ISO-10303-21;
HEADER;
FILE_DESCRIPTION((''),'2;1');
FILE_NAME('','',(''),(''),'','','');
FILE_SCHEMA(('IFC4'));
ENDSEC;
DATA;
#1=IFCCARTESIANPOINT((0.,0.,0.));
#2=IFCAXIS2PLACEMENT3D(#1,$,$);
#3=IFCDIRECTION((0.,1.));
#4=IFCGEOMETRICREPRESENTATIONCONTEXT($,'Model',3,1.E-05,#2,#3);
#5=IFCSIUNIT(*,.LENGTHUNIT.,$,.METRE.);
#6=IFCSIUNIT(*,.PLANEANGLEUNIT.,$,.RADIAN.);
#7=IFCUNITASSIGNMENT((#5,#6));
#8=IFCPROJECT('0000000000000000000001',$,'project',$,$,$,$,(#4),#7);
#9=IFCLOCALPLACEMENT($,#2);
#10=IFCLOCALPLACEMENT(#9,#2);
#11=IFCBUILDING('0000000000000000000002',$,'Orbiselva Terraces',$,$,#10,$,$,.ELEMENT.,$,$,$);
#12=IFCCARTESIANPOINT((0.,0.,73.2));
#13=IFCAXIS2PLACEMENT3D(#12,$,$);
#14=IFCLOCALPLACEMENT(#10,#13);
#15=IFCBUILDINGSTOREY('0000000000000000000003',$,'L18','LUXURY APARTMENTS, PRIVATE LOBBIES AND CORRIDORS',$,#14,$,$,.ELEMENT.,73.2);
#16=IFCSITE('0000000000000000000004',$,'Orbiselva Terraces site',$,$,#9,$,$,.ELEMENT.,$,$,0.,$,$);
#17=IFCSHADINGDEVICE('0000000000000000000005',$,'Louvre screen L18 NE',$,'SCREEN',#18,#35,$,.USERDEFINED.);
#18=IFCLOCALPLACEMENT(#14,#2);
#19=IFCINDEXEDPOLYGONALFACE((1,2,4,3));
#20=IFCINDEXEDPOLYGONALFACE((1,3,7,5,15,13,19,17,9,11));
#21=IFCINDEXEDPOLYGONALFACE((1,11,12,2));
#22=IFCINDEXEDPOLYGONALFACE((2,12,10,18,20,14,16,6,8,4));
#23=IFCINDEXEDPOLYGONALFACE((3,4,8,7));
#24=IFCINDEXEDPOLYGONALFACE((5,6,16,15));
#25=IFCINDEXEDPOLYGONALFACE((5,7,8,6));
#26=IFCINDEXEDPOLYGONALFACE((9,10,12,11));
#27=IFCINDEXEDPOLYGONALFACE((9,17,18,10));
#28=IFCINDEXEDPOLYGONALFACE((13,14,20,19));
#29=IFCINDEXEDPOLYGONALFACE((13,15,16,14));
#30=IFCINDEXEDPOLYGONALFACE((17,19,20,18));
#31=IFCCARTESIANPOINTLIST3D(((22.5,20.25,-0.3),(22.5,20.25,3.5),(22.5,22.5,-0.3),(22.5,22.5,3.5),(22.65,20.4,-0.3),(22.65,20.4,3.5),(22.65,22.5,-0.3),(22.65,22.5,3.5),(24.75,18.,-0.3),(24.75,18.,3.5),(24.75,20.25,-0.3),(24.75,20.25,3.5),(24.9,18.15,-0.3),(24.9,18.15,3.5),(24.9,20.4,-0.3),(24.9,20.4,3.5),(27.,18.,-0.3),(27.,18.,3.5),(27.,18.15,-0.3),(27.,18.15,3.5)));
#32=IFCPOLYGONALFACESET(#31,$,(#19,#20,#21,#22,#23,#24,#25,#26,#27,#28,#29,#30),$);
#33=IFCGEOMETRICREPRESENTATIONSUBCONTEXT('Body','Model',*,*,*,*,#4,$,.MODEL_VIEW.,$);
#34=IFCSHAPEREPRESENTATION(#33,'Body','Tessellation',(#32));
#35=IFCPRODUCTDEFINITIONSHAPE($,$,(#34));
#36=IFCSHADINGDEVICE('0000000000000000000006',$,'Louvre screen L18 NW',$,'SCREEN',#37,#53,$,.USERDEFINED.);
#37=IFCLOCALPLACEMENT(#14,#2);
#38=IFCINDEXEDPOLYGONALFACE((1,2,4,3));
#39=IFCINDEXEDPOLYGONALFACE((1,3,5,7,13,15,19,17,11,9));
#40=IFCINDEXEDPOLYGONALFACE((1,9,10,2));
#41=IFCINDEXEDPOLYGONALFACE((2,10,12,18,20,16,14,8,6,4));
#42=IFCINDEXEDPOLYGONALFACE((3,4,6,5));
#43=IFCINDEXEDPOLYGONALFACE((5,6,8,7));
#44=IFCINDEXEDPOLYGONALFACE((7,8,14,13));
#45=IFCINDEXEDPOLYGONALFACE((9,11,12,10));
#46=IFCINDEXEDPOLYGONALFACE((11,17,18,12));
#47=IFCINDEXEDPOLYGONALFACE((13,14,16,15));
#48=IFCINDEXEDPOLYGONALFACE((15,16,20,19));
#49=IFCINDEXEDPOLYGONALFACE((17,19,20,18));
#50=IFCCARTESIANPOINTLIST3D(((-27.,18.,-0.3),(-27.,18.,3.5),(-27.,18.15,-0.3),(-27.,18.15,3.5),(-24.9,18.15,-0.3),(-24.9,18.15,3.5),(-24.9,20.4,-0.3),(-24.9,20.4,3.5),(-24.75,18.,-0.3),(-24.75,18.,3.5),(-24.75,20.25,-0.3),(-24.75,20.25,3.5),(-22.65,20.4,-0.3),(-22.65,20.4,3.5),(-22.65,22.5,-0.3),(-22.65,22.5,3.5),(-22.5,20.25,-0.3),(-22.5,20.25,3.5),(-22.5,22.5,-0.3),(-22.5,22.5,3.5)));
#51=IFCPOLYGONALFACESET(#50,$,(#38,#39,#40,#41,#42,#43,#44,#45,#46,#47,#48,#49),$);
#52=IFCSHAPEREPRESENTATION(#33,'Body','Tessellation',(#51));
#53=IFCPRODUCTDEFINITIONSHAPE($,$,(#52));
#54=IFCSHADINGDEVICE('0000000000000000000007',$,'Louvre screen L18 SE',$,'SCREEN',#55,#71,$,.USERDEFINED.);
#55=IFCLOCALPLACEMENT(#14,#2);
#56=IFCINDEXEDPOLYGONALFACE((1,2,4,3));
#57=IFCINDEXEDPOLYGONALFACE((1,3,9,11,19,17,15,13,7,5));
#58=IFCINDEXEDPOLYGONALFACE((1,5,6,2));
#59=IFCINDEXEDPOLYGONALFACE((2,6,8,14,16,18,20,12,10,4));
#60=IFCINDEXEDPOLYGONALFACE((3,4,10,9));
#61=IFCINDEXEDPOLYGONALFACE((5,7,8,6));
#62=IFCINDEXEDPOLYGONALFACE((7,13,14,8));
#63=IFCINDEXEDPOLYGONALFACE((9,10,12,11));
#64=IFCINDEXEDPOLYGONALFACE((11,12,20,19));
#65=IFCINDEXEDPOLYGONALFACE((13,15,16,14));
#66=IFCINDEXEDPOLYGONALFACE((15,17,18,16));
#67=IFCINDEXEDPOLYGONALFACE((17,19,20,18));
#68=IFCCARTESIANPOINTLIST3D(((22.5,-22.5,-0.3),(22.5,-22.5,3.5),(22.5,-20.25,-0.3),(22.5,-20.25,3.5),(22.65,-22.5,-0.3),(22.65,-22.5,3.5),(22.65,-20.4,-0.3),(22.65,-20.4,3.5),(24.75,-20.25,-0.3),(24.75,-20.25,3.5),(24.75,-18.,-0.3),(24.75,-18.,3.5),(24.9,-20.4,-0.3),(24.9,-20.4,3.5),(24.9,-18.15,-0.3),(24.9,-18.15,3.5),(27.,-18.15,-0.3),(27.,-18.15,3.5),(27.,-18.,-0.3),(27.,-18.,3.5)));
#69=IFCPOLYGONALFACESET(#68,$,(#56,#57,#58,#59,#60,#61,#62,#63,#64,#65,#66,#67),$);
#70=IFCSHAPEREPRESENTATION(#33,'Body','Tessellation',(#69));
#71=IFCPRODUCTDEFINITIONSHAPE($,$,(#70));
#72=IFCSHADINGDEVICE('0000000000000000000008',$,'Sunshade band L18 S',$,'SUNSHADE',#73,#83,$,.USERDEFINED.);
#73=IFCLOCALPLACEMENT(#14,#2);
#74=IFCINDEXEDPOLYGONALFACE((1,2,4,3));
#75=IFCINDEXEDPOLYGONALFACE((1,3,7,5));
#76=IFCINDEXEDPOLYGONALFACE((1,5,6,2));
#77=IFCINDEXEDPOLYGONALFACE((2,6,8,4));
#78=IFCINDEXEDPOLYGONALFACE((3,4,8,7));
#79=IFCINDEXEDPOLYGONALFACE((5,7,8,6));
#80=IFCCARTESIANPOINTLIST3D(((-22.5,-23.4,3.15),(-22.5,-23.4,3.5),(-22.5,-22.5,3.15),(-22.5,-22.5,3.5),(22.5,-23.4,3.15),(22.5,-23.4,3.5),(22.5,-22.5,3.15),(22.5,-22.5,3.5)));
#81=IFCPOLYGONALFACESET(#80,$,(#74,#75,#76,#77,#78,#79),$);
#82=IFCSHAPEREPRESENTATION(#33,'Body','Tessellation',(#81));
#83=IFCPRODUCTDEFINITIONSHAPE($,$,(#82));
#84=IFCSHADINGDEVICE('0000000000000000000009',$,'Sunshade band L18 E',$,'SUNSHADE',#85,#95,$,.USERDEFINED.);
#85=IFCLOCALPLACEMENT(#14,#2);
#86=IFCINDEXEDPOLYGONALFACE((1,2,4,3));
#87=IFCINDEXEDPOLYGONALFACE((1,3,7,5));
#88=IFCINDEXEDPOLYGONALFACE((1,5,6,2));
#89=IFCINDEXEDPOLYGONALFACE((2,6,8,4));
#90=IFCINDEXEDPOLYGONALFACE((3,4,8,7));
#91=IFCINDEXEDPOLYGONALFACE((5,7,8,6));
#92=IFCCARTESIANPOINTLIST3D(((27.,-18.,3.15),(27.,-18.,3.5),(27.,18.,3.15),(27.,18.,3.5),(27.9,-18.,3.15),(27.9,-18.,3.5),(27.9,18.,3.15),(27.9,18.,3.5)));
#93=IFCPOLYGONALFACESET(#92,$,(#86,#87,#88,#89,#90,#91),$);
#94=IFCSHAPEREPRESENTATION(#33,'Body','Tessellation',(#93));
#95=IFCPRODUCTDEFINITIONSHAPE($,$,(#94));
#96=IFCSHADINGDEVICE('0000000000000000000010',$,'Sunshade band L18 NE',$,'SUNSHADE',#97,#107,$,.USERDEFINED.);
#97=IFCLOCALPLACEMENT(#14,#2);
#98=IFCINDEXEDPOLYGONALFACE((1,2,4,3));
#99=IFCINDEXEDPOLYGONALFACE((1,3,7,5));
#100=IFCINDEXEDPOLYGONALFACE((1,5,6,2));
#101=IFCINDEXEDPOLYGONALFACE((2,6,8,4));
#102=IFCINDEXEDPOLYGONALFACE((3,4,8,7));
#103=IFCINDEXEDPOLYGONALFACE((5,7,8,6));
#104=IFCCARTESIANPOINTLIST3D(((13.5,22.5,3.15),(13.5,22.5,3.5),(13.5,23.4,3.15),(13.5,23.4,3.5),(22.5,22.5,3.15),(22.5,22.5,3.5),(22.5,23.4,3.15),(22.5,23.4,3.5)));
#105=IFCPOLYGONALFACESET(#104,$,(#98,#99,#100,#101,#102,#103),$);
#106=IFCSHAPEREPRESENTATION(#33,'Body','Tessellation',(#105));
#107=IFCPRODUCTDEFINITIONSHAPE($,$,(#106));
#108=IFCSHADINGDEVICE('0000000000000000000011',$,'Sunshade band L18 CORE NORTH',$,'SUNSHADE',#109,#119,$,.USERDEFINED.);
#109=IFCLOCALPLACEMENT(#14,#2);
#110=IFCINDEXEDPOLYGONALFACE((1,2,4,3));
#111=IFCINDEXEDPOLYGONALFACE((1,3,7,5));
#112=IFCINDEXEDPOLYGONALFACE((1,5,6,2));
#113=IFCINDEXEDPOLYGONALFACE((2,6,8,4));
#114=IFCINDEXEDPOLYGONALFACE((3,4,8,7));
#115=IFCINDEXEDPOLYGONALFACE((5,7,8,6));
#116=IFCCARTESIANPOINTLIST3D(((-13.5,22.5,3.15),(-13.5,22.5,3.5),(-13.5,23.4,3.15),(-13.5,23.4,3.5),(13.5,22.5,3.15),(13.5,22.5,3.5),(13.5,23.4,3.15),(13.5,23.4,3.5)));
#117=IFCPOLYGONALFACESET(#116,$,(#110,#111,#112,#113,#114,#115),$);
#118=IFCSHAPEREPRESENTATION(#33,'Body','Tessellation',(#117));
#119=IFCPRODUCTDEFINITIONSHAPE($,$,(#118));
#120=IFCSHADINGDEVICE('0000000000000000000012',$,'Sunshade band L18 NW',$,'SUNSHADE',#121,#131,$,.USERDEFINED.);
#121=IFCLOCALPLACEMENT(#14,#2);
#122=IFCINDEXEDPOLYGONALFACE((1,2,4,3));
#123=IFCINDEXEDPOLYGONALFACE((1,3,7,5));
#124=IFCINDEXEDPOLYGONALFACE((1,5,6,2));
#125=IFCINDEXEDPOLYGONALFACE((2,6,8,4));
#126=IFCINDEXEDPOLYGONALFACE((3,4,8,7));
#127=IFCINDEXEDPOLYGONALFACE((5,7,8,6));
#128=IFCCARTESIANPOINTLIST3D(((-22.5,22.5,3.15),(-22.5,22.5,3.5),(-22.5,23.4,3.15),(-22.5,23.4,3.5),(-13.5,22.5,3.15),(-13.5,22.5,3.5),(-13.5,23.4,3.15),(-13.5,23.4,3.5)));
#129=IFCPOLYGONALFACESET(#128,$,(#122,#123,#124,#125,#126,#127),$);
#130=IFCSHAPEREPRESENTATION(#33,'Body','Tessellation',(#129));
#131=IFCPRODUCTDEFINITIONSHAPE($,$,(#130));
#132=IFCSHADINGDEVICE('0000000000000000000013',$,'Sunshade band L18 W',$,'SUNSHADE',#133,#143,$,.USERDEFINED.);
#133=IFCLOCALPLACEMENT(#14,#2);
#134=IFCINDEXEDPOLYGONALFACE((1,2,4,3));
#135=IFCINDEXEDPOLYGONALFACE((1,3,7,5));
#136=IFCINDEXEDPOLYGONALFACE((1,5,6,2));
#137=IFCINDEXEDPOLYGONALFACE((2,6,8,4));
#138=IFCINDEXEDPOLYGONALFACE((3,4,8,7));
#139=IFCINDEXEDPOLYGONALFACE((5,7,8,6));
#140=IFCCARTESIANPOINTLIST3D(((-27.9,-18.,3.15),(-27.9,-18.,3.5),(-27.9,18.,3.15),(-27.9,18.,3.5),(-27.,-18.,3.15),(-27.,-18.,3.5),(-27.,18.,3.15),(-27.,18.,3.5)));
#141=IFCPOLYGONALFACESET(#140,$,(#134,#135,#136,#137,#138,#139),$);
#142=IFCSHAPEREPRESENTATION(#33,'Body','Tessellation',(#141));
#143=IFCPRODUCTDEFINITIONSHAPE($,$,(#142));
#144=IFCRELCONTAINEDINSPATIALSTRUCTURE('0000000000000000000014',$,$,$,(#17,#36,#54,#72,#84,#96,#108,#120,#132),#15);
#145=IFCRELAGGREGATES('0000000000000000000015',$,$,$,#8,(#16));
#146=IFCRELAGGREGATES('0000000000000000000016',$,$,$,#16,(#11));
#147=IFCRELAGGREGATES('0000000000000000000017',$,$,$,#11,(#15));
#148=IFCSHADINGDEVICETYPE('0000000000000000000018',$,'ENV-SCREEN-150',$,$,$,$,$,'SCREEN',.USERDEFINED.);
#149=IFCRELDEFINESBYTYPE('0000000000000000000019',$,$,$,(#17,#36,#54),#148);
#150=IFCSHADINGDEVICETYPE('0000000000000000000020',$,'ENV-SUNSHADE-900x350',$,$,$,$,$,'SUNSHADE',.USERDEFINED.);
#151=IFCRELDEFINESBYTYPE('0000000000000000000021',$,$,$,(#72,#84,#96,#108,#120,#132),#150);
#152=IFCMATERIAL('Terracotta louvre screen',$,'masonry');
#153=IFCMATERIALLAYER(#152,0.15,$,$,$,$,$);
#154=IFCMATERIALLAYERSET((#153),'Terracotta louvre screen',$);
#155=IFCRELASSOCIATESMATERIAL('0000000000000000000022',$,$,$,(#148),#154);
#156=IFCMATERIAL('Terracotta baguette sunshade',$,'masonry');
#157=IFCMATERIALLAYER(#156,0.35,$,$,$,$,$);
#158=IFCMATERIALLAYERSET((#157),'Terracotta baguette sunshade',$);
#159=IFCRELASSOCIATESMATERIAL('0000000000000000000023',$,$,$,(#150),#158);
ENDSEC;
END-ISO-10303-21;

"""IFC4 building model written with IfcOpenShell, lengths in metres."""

from ifc_helpers import new_model, si_unit, direction, frame, origin, place, context, subcontext, project, spatial, polyline, outline, extrude, material, layer, layer_set, type_object, element, save


model = new_model("IFC4")

# Units and contexts
model_context = context("Model", 3, precision=1e-05, world=origin(), true_north=direction((0.0, 1.0)))
body_context = subcontext(model_context, "Body", "Model", "MODEL_VIEW")
ifc_project = project(units=[si_unit("LENGTHUNIT", "METRE"), si_unit("PLANEANGLEUNIT", "RADIAN")], contexts=[model_context])

# Site, building, storey
site_placement = place(None, origin())
site = spatial("IfcSite", under=ifc_project, at=site_placement, Name="Orbiselva Terraces site", CompositionType="ELEMENT", RefElevation=0.0)
building_placement = place(site_placement, origin())
building = spatial("IfcBuilding", under=site, at=building_placement, Name="Orbiselva Terraces", CompositionType="ELEMENT")
storey_placement = place(building_placement, frame((0.0, 0.0, 73.2)))
storey = spatial("IfcBuildingStorey", under=building, at=storey_placement, Name="L18", Description="LUXURY APARTMENTS, PRIVATE LOBBIES AND CORRIDORS", CompositionType="ELEMENT", Elevation=73.2)

# Shading devices
ifc_material_1 = material(Name="Terracotta louvre screen", Category="masonry")
ifc_layer_1 = layer(ifc_material_1, 0.15)
ifc_layer_set_1 = layer_set([ifc_layer_1], Name="Terracotta louvre screen")
shading_device_type_1 = type_object("IfcShadingDeviceType", Name="ENV-SCREEN-150", ElementType="SCREEN", PredefinedType="USERDEFINED", material=ifc_layer_set_1)
shading_device_1_placement = place(storey_placement, frame((0.0, 0.0, -0.3)))
element("IfcShadingDevice", 1, at=shading_device_1_placement, inside=storey, type_object=shading_device_type_1, Name="Louvre screen L18 NE", ObjectType="SCREEN", PredefinedType="USERDEFINED", context=body_context, shape_type="SweptSolid", body=[
    extrude(outline(polyline([(27.0, 18.15), (24.9, 18.15), (24.9, 20.4), (22.65, 20.4), (22.65, 22.5), (22.5, 22.5), (22.5, 20.25), (24.75, 20.25), (24.75, 18.0), (27.0, 18.0), (27.0, 18.15)])), origin(), (0.0, 0.0, 1.0), 3.8),
])
shading_device_2_placement = place(storey_placement, frame((0.0, 0.0, -0.3)))
element("IfcShadingDevice", 2, at=shading_device_2_placement, inside=storey, type_object=shading_device_type_1, Name="Louvre screen L18 NW", ObjectType="SCREEN", PredefinedType="USERDEFINED", context=body_context, shape_type="SweptSolid", body=[
    extrude(outline(polyline([(-22.65, 22.5), (-22.65, 20.4), (-24.9, 20.4), (-24.9, 18.15), (-27.0, 18.15), (-27.0, 18.0), (-24.75, 18.0), (-24.75, 20.25), (-22.5, 20.25), (-22.5, 22.5), (-22.65, 22.5)])), origin(), (0.0, 0.0, 1.0), 3.8),
])
shading_device_3_placement = place(storey_placement, frame((0.0, 0.0, -0.3)))
element("IfcShadingDevice", 3, at=shading_device_3_placement, inside=storey, type_object=shading_device_type_1, Name="Louvre screen L18 SE", ObjectType="SCREEN", PredefinedType="USERDEFINED", context=body_context, shape_type="SweptSolid", body=[
    extrude(outline(polyline([(22.65, -22.5), (22.65, -20.4), (24.9, -20.4), (24.9, -18.15), (27.0, -18.15), (27.0, -18.0), (24.75, -18.0), (24.75, -20.25), (22.5, -20.25), (22.5, -22.5), (22.65, -22.5)])), origin(), (0.0, 0.0, 1.0), 3.8),
])
ifc_material_2 = material(Name="Terracotta baguette sunshade", Category="masonry")
ifc_layer_2 = layer(ifc_material_2, 0.35)
ifc_layer_set_2 = layer_set([ifc_layer_2], Name="Terracotta baguette sunshade")
shading_device_type_2 = type_object("IfcShadingDeviceType", Name="ENV-SUNSHADE-900x350", ElementType="SUNSHADE", PredefinedType="USERDEFINED", material=ifc_layer_set_2)
shading_device_4_placement = place(storey_placement, frame((0.0, 0.0, 3.15)))
element("IfcShadingDevice", 4, at=shading_device_4_placement, inside=storey, type_object=shading_device_type_2, Name="Sunshade band L18 S", ObjectType="SUNSHADE", PredefinedType="USERDEFINED", context=body_context, shape_type="SweptSolid", body=[
    extrude(outline(polyline([(-22.5, -23.4), (22.5, -23.4), (22.5, -22.5), (-22.5, -22.5), (-22.5, -23.4)])), origin(), (0.0, 0.0, 1.0), 0.35),
])
shading_device_5_placement = place(storey_placement, frame((0.0, 0.0, 3.15)))
element("IfcShadingDevice", 5, at=shading_device_5_placement, inside=storey, type_object=shading_device_type_2, Name="Sunshade band L18 E", ObjectType="SUNSHADE", PredefinedType="USERDEFINED", context=body_context, shape_type="SweptSolid", body=[
    extrude(outline(polyline([(27.9, -18.0), (27.9, 18.0), (27.0, 18.0), (27.0, -18.0), (27.9, -18.0)])), origin(), (0.0, 0.0, 1.0), 0.35),
])
shading_device_6_placement = place(storey_placement, frame((0.0, 0.0, 3.15)))
element("IfcShadingDevice", 6, at=shading_device_6_placement, inside=storey, type_object=shading_device_type_2, Name="Sunshade band L18 NE", ObjectType="SUNSHADE", PredefinedType="USERDEFINED", context=body_context, shape_type="SweptSolid", body=[
    extrude(outline(polyline([(22.5, 23.4), (13.5, 23.4), (13.5, 22.5), (22.5, 22.5), (22.5, 23.4)])), origin(), (0.0, 0.0, 1.0), 0.35),
])
shading_device_7_placement = place(storey_placement, frame((0.0, 0.0, 3.15)))
element("IfcShadingDevice", 7, at=shading_device_7_placement, inside=storey, type_object=shading_device_type_2, Name="Sunshade band L18 CORE NORTH", ObjectType="SUNSHADE", PredefinedType="USERDEFINED", context=body_context, shape_type="SweptSolid", body=[
    extrude(outline(polyline([(13.5, 23.4), (-13.5, 23.4), (-13.5, 22.5), (13.5, 22.5), (13.5, 23.4)])), origin(), (0.0, 0.0, 1.0), 0.35),
])
shading_device_8_placement = place(storey_placement, frame((0.0, 0.0, 3.15)))
element("IfcShadingDevice", 8, at=shading_device_8_placement, inside=storey, type_object=shading_device_type_2, Name="Sunshade band L18 NW", ObjectType="SUNSHADE", PredefinedType="USERDEFINED", context=body_context, shape_type="SweptSolid", body=[
    extrude(outline(polyline([(-13.5, 23.4), (-22.5, 23.4), (-22.5, 22.5), (-13.5, 22.5), (-13.5, 23.4)])), origin(), (0.0, 0.0, 1.0), 0.35),
])
shading_device_9_placement = place(storey_placement, frame((0.0, 0.0, 3.15)))
element("IfcShadingDevice", 9, at=shading_device_9_placement, inside=storey, type_object=shading_device_type_2, Name="Sunshade band L18 W", ObjectType="SUNSHADE", PredefinedType="USERDEFINED", context=body_context, shape_type="SweptSolid", body=[
    extrude(outline(polyline([(-27.9, 18.0), (-27.9, -18.0), (-27.0, -18.0), (-27.0, 18.0), (-27.9, 18.0)])), origin(), (0.0, 0.0, 1.0), 0.35),
])

save(model, "model.ifc")
